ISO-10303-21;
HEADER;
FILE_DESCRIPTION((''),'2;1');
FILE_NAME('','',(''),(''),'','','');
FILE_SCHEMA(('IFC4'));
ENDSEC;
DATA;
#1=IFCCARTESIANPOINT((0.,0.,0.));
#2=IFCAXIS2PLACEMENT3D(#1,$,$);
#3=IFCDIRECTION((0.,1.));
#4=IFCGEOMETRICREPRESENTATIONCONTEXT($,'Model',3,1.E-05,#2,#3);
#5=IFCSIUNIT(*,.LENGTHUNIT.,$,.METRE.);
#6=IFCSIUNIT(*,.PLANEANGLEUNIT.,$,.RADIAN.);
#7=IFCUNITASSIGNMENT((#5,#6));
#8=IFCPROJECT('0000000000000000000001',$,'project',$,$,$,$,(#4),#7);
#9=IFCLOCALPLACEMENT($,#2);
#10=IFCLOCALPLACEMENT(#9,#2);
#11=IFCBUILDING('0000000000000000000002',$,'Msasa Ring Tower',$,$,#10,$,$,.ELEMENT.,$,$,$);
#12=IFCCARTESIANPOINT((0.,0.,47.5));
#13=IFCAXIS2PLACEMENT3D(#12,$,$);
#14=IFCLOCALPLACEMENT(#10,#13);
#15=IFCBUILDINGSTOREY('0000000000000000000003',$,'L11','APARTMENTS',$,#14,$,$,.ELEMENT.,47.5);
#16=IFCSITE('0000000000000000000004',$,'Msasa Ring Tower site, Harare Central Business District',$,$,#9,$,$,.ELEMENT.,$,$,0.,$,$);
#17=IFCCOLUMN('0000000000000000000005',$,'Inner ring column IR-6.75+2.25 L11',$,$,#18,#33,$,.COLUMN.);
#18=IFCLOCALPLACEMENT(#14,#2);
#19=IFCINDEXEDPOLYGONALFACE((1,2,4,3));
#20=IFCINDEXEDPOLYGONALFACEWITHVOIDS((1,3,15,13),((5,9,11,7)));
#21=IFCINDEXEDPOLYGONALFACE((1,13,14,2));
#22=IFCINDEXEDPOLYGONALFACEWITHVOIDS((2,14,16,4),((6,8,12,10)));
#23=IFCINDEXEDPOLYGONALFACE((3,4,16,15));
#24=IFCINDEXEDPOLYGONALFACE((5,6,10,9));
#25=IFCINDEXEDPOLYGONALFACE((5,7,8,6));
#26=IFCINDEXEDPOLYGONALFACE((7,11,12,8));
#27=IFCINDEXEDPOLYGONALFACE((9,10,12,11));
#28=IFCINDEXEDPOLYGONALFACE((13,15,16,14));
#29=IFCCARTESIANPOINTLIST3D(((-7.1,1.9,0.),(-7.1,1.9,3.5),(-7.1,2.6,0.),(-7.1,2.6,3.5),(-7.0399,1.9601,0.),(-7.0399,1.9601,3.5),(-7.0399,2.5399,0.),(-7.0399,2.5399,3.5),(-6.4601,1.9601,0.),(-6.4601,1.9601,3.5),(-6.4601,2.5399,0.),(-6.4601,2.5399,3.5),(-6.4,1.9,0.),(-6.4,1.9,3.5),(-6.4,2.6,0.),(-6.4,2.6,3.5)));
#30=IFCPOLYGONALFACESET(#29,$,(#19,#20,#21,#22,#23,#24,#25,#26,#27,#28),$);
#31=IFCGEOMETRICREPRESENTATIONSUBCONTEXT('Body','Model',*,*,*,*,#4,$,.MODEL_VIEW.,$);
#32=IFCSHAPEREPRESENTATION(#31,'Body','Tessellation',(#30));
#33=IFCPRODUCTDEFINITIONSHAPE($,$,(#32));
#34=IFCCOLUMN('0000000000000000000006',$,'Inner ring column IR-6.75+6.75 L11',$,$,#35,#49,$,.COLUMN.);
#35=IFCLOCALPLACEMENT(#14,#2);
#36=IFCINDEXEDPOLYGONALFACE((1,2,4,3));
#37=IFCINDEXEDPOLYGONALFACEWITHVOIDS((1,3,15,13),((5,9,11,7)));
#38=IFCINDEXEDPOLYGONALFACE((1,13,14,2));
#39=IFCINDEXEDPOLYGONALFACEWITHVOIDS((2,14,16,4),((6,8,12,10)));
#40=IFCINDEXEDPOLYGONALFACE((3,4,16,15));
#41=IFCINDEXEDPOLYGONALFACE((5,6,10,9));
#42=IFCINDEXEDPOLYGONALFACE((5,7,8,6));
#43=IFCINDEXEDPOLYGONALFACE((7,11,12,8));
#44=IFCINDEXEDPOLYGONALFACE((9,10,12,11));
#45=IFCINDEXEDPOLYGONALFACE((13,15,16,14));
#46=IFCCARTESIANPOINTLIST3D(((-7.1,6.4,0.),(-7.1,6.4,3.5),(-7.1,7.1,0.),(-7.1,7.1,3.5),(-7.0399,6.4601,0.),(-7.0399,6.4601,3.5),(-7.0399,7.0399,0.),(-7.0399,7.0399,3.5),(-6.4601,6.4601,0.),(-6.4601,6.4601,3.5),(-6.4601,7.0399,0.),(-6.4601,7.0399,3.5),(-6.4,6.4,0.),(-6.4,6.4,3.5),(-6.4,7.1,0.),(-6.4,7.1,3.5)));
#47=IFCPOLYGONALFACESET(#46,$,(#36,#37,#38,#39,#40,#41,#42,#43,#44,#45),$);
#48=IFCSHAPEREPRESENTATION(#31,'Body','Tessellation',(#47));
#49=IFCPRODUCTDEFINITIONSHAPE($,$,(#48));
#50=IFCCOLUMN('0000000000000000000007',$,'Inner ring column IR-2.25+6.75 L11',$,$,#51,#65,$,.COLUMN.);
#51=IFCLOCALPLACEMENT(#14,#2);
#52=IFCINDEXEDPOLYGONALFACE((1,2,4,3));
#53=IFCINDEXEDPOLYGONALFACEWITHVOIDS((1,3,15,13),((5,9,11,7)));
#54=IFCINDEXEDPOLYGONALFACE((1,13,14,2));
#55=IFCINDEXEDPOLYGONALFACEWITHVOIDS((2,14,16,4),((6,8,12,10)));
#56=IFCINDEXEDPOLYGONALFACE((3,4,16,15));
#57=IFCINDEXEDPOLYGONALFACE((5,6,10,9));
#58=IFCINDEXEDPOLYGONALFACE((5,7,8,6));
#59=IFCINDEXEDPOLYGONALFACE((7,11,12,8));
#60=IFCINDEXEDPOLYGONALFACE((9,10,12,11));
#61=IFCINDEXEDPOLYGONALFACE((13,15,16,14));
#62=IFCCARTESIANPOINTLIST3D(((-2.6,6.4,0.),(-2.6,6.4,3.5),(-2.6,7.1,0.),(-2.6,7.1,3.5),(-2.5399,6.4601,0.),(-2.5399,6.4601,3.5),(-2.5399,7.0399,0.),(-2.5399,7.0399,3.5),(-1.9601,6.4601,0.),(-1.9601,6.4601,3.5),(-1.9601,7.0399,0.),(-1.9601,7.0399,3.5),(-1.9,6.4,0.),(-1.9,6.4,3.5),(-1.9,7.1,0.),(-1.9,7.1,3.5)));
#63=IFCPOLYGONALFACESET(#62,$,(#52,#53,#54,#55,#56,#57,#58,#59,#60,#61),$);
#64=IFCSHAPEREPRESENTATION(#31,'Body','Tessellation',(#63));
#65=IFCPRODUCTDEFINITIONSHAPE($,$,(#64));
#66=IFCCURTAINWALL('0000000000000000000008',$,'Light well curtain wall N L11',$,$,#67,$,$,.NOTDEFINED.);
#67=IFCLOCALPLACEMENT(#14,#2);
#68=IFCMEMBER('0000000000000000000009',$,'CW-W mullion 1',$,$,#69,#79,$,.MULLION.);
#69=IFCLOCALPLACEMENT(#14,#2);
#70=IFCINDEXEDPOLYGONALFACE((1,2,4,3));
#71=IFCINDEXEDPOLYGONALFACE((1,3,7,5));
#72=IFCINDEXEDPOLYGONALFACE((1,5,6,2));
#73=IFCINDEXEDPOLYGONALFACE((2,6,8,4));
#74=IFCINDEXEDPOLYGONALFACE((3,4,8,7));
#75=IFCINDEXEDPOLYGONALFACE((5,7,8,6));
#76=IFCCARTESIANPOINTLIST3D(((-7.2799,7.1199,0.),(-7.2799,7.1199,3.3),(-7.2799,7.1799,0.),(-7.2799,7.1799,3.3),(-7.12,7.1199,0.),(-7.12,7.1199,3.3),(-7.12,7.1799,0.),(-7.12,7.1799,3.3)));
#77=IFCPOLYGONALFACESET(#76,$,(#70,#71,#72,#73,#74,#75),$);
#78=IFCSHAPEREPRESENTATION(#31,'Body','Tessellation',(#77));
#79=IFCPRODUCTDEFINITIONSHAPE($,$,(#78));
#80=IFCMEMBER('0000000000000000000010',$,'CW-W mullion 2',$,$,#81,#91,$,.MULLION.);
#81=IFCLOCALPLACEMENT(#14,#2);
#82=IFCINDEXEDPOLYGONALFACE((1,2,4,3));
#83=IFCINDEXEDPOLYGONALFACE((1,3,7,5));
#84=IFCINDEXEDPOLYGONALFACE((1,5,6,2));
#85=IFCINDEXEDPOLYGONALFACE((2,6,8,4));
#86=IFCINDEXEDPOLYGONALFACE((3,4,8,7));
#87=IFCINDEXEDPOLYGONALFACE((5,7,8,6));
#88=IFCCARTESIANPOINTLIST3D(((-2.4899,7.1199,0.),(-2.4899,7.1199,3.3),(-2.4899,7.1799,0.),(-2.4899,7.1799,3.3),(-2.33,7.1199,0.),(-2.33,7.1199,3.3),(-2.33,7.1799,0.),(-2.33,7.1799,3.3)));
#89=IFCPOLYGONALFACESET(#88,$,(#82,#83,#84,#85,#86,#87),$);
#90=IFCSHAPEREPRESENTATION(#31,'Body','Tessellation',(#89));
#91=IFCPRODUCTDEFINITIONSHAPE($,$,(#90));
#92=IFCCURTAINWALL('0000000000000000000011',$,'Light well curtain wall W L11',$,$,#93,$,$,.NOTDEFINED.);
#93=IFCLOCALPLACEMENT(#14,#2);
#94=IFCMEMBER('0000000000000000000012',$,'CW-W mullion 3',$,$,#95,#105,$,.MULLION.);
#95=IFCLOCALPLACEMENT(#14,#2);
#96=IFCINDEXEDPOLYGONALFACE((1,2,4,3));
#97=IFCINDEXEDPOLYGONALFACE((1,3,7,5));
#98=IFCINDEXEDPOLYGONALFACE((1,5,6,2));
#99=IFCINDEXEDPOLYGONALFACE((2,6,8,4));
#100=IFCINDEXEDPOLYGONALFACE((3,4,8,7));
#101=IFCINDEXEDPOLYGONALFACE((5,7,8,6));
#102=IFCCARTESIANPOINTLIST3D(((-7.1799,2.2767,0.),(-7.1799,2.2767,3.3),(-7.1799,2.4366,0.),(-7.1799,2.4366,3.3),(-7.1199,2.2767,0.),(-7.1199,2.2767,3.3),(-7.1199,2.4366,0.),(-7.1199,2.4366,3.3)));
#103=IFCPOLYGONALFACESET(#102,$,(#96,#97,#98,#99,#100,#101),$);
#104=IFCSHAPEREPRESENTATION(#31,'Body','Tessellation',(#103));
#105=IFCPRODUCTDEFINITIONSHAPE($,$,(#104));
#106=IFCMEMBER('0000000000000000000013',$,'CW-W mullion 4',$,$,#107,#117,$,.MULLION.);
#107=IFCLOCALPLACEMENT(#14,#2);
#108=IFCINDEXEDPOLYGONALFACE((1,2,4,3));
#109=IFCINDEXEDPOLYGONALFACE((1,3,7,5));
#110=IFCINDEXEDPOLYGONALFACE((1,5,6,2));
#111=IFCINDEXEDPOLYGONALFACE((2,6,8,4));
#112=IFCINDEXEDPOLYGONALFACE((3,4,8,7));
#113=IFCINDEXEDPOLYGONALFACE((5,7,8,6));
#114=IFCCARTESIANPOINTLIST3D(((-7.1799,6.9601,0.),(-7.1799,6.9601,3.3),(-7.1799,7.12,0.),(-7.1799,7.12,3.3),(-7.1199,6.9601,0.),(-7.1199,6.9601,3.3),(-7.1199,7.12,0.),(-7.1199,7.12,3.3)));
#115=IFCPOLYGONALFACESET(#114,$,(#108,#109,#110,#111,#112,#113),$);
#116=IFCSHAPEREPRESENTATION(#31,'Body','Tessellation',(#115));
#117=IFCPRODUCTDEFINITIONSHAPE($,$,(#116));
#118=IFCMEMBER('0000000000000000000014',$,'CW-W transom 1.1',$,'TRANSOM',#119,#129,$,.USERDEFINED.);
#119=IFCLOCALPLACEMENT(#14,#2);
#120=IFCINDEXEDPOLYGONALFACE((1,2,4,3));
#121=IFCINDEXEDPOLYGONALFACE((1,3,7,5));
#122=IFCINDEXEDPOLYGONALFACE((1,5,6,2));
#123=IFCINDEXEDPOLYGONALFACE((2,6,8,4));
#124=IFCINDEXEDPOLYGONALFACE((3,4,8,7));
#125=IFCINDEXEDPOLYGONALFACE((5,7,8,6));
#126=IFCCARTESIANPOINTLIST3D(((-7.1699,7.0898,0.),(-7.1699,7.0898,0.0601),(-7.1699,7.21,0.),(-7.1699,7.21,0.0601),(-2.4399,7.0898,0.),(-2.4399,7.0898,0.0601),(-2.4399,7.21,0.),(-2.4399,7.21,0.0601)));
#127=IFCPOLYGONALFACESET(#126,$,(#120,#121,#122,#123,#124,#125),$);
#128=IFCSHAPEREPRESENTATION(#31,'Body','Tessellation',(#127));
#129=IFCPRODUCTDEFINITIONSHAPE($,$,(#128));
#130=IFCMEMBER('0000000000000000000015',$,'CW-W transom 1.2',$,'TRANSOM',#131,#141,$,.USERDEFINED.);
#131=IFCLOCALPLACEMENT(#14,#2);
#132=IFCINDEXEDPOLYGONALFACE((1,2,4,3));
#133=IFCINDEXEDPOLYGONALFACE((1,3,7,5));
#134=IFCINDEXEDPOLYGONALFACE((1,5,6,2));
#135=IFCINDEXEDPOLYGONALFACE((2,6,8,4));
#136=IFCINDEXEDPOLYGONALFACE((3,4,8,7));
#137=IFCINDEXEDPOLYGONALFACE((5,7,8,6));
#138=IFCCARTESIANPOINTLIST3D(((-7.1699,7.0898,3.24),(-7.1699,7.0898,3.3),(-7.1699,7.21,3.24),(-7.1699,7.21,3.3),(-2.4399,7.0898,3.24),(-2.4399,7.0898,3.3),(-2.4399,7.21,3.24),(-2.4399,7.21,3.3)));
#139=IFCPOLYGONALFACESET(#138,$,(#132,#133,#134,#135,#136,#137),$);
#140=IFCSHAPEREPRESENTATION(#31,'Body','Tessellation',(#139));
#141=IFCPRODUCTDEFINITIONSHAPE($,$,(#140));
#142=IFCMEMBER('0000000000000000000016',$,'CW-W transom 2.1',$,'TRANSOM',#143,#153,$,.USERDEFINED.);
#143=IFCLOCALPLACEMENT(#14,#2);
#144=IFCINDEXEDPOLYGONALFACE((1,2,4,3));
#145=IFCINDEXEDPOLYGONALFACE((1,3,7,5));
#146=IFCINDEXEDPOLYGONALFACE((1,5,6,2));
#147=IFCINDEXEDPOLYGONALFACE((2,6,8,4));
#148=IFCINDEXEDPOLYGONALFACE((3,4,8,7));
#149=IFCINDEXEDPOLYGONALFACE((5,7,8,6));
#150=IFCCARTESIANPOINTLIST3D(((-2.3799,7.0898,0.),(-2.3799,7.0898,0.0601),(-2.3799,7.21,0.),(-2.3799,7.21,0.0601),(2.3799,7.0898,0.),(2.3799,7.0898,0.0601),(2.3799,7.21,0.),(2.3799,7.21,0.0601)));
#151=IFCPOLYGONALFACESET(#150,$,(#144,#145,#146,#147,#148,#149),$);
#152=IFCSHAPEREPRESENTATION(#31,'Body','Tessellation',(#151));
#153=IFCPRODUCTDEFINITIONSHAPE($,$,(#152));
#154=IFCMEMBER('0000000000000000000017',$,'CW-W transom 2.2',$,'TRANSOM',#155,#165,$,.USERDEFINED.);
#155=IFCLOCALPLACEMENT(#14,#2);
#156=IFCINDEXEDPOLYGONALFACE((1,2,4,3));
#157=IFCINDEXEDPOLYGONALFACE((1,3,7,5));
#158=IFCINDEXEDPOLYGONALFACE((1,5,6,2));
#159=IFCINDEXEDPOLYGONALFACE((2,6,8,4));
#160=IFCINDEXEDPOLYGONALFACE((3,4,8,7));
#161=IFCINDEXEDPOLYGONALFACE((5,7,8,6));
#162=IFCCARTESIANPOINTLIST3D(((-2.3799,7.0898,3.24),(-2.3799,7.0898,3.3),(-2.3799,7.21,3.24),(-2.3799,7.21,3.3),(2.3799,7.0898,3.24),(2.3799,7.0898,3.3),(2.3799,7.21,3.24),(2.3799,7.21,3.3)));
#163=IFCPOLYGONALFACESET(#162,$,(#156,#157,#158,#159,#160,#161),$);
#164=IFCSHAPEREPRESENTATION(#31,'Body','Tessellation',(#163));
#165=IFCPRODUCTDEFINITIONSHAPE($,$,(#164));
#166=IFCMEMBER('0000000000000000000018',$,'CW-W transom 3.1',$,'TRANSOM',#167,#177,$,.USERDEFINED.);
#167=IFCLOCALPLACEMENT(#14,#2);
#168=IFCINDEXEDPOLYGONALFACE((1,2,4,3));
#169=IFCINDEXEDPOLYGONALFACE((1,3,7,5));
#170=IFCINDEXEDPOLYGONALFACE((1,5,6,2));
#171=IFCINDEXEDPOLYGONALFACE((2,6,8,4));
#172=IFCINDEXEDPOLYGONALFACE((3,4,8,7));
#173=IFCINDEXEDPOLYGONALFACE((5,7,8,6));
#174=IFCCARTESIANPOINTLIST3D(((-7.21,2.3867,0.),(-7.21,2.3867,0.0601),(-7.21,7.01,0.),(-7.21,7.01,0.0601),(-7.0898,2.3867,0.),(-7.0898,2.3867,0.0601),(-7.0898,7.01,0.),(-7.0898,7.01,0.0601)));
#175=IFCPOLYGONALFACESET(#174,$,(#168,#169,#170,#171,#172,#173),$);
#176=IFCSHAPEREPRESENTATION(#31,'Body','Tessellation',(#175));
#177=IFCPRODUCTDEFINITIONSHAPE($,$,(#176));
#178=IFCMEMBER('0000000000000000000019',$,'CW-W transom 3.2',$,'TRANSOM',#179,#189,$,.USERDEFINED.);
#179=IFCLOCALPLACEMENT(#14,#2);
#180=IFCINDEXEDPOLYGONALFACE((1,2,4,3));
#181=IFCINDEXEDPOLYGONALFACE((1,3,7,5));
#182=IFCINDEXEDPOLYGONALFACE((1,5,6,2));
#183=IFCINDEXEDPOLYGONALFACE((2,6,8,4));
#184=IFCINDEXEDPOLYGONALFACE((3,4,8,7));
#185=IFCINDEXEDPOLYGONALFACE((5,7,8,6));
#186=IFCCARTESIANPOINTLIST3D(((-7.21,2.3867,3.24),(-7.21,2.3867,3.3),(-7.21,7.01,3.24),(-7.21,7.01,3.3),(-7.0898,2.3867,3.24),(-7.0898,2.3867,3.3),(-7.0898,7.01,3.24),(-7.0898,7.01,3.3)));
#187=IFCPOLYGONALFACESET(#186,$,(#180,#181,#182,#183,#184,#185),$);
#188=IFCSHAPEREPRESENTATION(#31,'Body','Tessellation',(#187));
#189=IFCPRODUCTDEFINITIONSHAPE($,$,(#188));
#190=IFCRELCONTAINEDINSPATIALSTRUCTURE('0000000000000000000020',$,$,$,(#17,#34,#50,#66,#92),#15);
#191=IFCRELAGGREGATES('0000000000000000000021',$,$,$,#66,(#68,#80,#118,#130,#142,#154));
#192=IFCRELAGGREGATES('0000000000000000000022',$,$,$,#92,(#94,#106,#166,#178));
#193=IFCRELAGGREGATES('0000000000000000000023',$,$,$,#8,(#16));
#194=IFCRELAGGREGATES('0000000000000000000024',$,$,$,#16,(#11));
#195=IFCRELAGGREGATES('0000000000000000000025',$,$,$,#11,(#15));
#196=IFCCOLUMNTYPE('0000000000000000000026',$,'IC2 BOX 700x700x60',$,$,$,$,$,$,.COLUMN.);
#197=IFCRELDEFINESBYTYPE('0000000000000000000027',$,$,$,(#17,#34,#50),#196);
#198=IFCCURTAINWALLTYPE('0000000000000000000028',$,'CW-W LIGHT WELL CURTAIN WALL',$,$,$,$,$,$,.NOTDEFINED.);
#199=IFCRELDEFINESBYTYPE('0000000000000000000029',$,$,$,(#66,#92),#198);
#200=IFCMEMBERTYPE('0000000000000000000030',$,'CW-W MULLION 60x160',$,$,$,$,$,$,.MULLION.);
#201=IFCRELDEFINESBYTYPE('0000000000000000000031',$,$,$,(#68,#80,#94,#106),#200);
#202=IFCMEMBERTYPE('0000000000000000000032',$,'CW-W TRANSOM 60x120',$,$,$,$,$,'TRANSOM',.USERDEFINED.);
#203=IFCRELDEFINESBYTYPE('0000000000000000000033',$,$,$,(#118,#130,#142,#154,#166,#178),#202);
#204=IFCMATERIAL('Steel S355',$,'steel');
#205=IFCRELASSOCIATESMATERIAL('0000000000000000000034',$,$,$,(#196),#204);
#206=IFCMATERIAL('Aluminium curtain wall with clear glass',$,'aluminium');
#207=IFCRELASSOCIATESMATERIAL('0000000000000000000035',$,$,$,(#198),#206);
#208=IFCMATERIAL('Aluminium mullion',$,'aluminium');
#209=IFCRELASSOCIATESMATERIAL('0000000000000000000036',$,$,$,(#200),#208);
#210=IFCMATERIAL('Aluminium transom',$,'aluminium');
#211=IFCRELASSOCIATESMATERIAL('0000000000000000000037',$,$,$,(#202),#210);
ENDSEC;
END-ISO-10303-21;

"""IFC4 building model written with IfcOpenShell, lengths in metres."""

from ifc_helpers import new_model, si_unit, direction, frame, origin, origin_2d, place, context, subcontext, project, spatial, rectangle, hollow_rectangle, extrude, material, material_profile, profile_set, type_object, element, aggregate, save


model = new_model("IFC4")

# Units and contexts
model_context = context("Model", 3, precision=1e-05, world=origin(), true_north=direction((0.0, 1.0)))
body_context = subcontext(model_context, "Body", "Model", "MODEL_VIEW")
ifc_project = project(units=[si_unit("LENGTHUNIT", "METRE"), si_unit("PLANEANGLEUNIT", "RADIAN")], contexts=[model_context])

# Site, building, storey
site_placement = place(None, origin())
site = spatial("IfcSite", under=ifc_project, at=site_placement, Name="Msasa Ring Tower site, Harare Central Business District", CompositionType="ELEMENT", RefElevation=0.0)
building_placement = place(site_placement, origin())
building = spatial("IfcBuilding", under=site, at=building_placement, Name="Msasa Ring Tower", CompositionType="ELEMENT")
storey_placement = place(building_placement, frame((0.0, 0.0, 47.5)))
storey = spatial("IfcBuildingStorey", under=building, at=storey_placement, Name="L11", Description="APARTMENTS", CompositionType="ELEMENT", Elevation=47.5)

# Columns
ifc_material_1 = material(Name="Steel S355", Category="steel")
ifc_material_profile_1 = material_profile(ifc_material_1, hollow_rectangle(XDim=0.7, YDim=0.7, WallThickness=0.0601, at=origin_2d()), Name="BOX 700x700x60")
ifc_profile_set_1 = profile_set([ifc_material_profile_1], Name="Steel S355")
column_type = type_object("IfcColumnType", Name="IC2 BOX 700x700x60", PredefinedType="COLUMN", material=ifc_profile_set_1)
for number, where, z_axis, x_axis, name in (
    (1, (-6.75, 2.25, 0.0), (0.0, 0.0, 1.0), (1.0, 0.0, 0.0), "Inner ring column IR-6.75+2.25 L11"),
    (2, (-6.75, 6.75, 0.0), (0.0, 0.0, 1.0), (1.0, 0.0, 0.0), "Inner ring column IR-6.75+6.75 L11"),
    (3, (-2.25, 6.75, 0.0), (0.0, 0.0, 1.0), (1.0, 0.0, 0.0), "Inner ring column IR-2.25+6.75 L11"),
):
    element("IfcColumn", number, at=place(storey_placement, frame(where, z_axis=z_axis, x_axis=x_axis)), inside=storey, type_object=column_type, Name=name, PredefinedType="COLUMN", context=body_context, shape_type="SweptSolid", body=[
        extrude(hollow_rectangle(XDim=0.7, YDim=0.7, WallThickness=0.0601, at=origin_2d()), origin(), (0.0, 0.0, 1.0), 3.5),
    ])

# Curtain walls, members
ifc_material_2 = material(Name="Aluminium curtain wall with clear glass", Category="aluminium")
curtain_wall_type = type_object("IfcCurtainWallType", Name="CW-W LIGHT WELL CURTAIN WALL", PredefinedType="NOTDEFINED", material=ifc_material_2)
curtain_wall_1_placement = place(storey_placement, origin())
curtain_wall_1 = element("IfcCurtainWall", 4, at=curtain_wall_1_placement, inside=storey, type_object=curtain_wall_type, Name="Light well curtain wall N L11", PredefinedType="NOTDEFINED")
ifc_material_3 = material(Name="Aluminium mullion", Category="aluminium")
ifc_material_profile_2 = material_profile(ifc_material_3, rectangle(XDim=0.0601, YDim=0.1599, at=origin_2d()), Name="AL 60x160")
ifc_profile_set_2 = profile_set([ifc_material_profile_2], Name="Aluminium mullion")
member_type_1 = type_object("IfcMemberType", Name="CW-W MULLION 60x160", PredefinedType="MULLION", material=ifc_profile_set_2)
member_1_placement = place(storey_placement, frame((-7.2, 7.1499, 0.0), z_axis=(0.0, 0.0, 1.0), x_axis=(0.0, 1.0, 0.0)))
member_1 = element("IfcMember", 5, at=member_1_placement, type_object=member_type_1, Name="CW-W mullion 1", PredefinedType="MULLION", context=body_context, shape_type="SweptSolid", body=[
    extrude(rectangle(XDim=0.0601, YDim=0.1599, at=origin_2d()), origin(), (0.0, 0.0, 1.0), 3.3),
])
member_2_placement = place(storey_placement, frame((-2.4099, 7.1499, 0.0), z_axis=(0.0, 0.0, 1.0), x_axis=(0.0, 1.0, 0.0)))
member_2 = element("IfcMember", 6, at=member_2_placement, type_object=member_type_1, Name="CW-W mullion 2", PredefinedType="MULLION", context=body_context, shape_type="SweptSolid", body=[
    extrude(rectangle(XDim=0.0601, YDim=0.1599, at=origin_2d()), origin(), (0.0, 0.0, 1.0), 3.3),
])
curtain_wall_2_placement = place(storey_placement, origin())
curtain_wall_2 = element("IfcCurtainWall", 7, at=curtain_wall_2_placement, inside=storey, type_object=curtain_wall_type, Name="Light well curtain wall W L11", PredefinedType="NOTDEFINED")
member_3_placement = place(storey_placement, frame((-7.1499, 2.3567, 0.0), z_axis=(0.0, 0.0, 1.0), x_axis=(-1.0, 0.0, 0.0)))
member_3 = element("IfcMember", 8, at=member_3_placement, type_object=member_type_1, Name="CW-W mullion 3", PredefinedType="MULLION", context=body_context, shape_type="SweptSolid", body=[
    extrude(rectangle(XDim=0.0601, YDim=0.1599, at=origin_2d()), origin(), (0.0, 0.0, 1.0), 3.3),
])
member_4_placement = place(storey_placement, frame((-7.1499, 7.04, 0.0), z_axis=(0.0, 0.0, 1.0), x_axis=(-1.0, 0.0, 0.0)))
member_4 = element("IfcMember", 9, at=member_4_placement, type_object=member_type_1, Name="CW-W mullion 4", PredefinedType="MULLION", context=body_context, shape_type="SweptSolid", body=[
    extrude(rectangle(XDim=0.0601, YDim=0.1599, at=origin_2d()), origin(), (0.0, 0.0, 1.0), 3.3),
])

# Members
ifc_material_4 = material(Name="Aluminium transom", Category="aluminium")
ifc_material_profile_3 = material_profile(ifc_material_4, rectangle(XDim=0.1201, YDim=0.0601, at=origin_2d()), Name="AL 60x120")
ifc_profile_set_3 = profile_set([ifc_material_profile_3], Name="Aluminium transom")
member_type_2 = type_object("IfcMemberType", Name="CW-W TRANSOM 60x120", ElementType="TRANSOM", PredefinedType="USERDEFINED", material=ifc_profile_set_3)
member_5_placement = place(storey_placement, frame((-7.1699, 7.1499, 0.03), z_axis=(1.0, 0.0, 0.0), x_axis=(0.0, 1.0, 0.0)))
member_5 = element("IfcMember", 10, at=member_5_placement, type_object=member_type_2, Name="CW-W transom 1.1", ObjectType="TRANSOM", PredefinedType="USERDEFINED", context=body_context, shape_type="SweptSolid", body=[
    extrude(rectangle(XDim=0.1201, YDim=0.0601, at=origin_2d()), origin(), (0.0, 0.0, 1.0), 4.73),
])
member_6_placement = place(storey_placement, frame((-7.1699, 7.1499, 3.27), z_axis=(1.0, 0.0, 0.0), x_axis=(0.0, 1.0, 0.0)))
member_6 = element("IfcMember", 11, at=member_6_placement, type_object=member_type_2, Name="CW-W transom 1.2", ObjectType="TRANSOM", PredefinedType="USERDEFINED", context=body_context, shape_type="SweptSolid", body=[
    extrude(rectangle(XDim=0.1201, YDim=0.0601, at=origin_2d()), origin(), (0.0, 0.0, 1.0), 4.73),
])
member_7_placement = place(storey_placement, frame((-2.3799, 7.1499, 0.03), z_axis=(1.0, 0.0, 0.0), x_axis=(0.0, 1.0, 0.0)))
member_7 = element("IfcMember", 12, at=member_7_placement, type_object=member_type_2, Name="CW-W transom 2.1", ObjectType="TRANSOM", PredefinedType="USERDEFINED", context=body_context, shape_type="SweptSolid", body=[
    extrude(rectangle(XDim=0.1201, YDim=0.0601, at=origin_2d()), origin(), (0.0, 0.0, 1.0), 4.7598),
])
member_8_placement = place(storey_placement, frame((-2.3799, 7.1499, 3.27), z_axis=(1.0, 0.0, 0.0), x_axis=(0.0, 1.0, 0.0)))
member_8 = element("IfcMember", 13, at=member_8_placement, type_object=member_type_2, Name="CW-W transom 2.2", ObjectType="TRANSOM", PredefinedType="USERDEFINED", context=body_context, shape_type="SweptSolid", body=[
    extrude(rectangle(XDim=0.1201, YDim=0.0601, at=origin_2d()), origin(), (0.0, 0.0, 1.0), 4.7598),
])
member_9_placement = place(storey_placement, frame((-7.1499, 2.3867, 0.03), z_axis=(0.0, 1.0, 0.0), x_axis=(-1.0, 0.0, 0.0)))
member_9 = element("IfcMember", 14, at=member_9_placement, type_object=member_type_2, Name="CW-W transom 3.1", ObjectType="TRANSOM", PredefinedType="USERDEFINED", context=body_context, shape_type="SweptSolid", body=[
    extrude(rectangle(XDim=0.1201, YDim=0.0601, at=origin_2d()), origin(), (0.0, 0.0, 1.0), 4.6233),
])
member_10_placement = place(storey_placement, frame((-7.1499, 2.3867, 3.27), z_axis=(0.0, 1.0, 0.0), x_axis=(-1.0, 0.0, 0.0)))
member_10 = element("IfcMember", 15, at=member_10_placement, type_object=member_type_2, Name="CW-W transom 3.2", ObjectType="TRANSOM", PredefinedType="USERDEFINED", context=body_context, shape_type="SweptSolid", body=[
    extrude(rectangle(XDim=0.1201, YDim=0.0601, at=origin_2d()), origin(), (0.0, 0.0, 1.0), 4.6233),
])

aggregate(curtain_wall_1, [member_1, member_2, member_5, member_6, member_7, member_8])
aggregate(curtain_wall_2, [member_3, member_4, member_9, member_10])

save(model, "model.ifc")
